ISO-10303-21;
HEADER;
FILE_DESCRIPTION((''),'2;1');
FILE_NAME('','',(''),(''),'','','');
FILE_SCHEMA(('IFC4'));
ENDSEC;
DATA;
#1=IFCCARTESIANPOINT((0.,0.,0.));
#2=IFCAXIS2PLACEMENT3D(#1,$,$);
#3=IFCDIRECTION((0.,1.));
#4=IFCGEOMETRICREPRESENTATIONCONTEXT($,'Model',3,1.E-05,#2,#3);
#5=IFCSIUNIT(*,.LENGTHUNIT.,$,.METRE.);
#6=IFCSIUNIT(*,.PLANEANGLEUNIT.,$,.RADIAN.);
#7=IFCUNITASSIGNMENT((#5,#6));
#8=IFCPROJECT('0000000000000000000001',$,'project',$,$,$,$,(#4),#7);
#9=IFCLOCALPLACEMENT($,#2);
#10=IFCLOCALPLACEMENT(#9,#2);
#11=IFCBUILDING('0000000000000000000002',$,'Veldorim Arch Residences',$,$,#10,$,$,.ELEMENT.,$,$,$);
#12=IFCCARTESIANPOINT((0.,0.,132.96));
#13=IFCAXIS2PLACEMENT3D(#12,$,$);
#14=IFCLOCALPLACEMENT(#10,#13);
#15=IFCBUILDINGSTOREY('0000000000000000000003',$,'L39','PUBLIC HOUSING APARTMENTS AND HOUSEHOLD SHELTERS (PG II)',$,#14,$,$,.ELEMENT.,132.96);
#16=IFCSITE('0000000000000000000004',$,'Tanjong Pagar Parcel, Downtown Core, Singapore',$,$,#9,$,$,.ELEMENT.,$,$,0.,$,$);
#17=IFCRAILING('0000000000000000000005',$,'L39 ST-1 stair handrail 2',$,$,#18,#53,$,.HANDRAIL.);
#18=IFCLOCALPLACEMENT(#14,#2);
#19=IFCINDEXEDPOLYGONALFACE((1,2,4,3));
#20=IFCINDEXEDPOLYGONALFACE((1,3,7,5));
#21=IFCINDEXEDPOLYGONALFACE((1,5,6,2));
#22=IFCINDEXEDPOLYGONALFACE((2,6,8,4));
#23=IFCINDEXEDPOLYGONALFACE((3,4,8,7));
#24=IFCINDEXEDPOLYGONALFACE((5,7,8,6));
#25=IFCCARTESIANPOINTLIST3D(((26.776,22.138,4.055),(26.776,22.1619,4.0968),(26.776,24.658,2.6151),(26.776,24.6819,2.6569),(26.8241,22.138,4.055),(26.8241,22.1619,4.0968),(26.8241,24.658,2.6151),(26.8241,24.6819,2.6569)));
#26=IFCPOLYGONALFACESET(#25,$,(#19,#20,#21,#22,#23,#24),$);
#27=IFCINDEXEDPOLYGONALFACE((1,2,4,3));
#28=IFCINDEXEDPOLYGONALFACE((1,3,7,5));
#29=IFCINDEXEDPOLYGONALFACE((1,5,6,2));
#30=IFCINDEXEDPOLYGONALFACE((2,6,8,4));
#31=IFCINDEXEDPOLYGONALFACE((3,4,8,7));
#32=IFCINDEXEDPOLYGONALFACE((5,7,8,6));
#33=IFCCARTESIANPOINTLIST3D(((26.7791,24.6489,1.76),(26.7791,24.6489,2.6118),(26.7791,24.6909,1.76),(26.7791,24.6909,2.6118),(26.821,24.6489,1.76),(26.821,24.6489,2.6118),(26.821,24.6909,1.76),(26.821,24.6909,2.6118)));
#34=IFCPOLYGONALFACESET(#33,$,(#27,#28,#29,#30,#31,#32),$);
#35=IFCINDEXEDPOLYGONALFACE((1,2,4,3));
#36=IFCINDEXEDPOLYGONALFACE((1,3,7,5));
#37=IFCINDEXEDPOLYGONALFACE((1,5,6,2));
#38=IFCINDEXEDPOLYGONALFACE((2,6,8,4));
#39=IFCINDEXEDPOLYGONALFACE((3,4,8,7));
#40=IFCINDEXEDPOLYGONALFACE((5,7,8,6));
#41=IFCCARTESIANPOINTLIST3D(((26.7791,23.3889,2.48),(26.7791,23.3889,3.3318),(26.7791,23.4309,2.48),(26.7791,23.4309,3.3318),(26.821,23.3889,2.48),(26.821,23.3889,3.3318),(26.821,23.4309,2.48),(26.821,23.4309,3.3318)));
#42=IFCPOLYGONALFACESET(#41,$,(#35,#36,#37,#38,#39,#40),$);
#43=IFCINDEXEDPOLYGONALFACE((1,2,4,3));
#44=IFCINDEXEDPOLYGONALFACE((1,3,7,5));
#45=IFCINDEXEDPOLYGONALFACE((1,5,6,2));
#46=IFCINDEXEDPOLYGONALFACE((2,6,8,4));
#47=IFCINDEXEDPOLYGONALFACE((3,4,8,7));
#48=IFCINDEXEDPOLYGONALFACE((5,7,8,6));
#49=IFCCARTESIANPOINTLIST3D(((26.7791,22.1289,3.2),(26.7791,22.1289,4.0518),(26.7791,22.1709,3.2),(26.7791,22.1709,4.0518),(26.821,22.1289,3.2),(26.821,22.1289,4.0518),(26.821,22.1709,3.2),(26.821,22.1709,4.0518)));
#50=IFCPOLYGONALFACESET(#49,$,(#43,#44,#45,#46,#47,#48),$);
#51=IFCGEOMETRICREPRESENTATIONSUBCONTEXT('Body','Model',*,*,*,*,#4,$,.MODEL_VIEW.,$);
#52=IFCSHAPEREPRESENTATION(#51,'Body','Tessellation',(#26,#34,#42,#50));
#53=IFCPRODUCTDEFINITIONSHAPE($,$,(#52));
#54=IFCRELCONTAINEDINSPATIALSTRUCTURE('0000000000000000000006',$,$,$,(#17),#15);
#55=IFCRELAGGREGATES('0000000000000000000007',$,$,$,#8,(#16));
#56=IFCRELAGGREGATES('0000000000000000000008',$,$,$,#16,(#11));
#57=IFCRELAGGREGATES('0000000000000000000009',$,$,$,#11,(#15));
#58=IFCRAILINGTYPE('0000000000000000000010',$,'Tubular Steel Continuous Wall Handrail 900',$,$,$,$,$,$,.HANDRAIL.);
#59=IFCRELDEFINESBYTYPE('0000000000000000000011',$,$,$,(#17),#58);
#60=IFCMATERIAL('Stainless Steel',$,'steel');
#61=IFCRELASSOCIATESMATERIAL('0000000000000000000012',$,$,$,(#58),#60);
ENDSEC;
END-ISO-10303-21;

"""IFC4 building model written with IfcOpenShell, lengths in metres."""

from ifc_helpers import new_model, si_unit, direction, frame, origin, origin_2d, place, context, subcontext, project, spatial, rectangle, extrude, material, type_object, element, save


model = new_model("IFC4")

# Units and contexts
model_context = context("Model", 3, precision=1e-05, world=origin(), true_north=direction((0.0, 1.0)))
body_context = subcontext(model_context, "Body", "Model", "MODEL_VIEW")
ifc_project = project(units=[si_unit("LENGTHUNIT", "METRE"), si_unit("PLANEANGLEUNIT", "RADIAN")], contexts=[model_context])

# Site, building, storey
site_placement = place(None, origin())
site = spatial("IfcSite", under=ifc_project, at=site_placement, Name="Tanjong Pagar Parcel, Downtown Core, Singapore", CompositionType="ELEMENT", RefElevation=0.0)
building_placement = place(site_placement, origin())
building = spatial("IfcBuilding", under=site, at=building_placement, Name="Veldorim Arch Residences", CompositionType="ELEMENT")
storey_placement = place(building_placement, frame((0.0, 0.0, 132.96)))
storey = spatial("IfcBuildingStorey", under=building, at=storey_placement, Name="L39", Description="PUBLIC HOUSING APARTMENTS AND HOUSEHOLD SHELTERS (PG II)", CompositionType="ELEMENT", Elevation=132.96)

# Railing
ifc_material_1 = material(Name="Stainless Steel", Category="steel")
railing_type_1 = type_object("IfcRailingType", Name="Tubular Steel Continuous Wall Handrail 900", PredefinedType="HANDRAIL", material=ifc_material_1)
railing_1_placement = place(storey_placement, frame((26.8, 24.6699, 1.76)))
element("IfcRailing", 1, at=railing_1_placement, inside=storey, type_object=railing_type_1, Name="L39 ST-1 stair handrail 2", PredefinedType="HANDRAIL", context=body_context, shape_type="SweptSolid", body=[
    extrude(rectangle(XDim=0.0481, YDim=0.0481, at=origin_2d()), frame((0.0, 0.0, 0.876), z_axis=(0.0, -0.868253, 0.496121), x_axis=(1.0, 0.0, 0.0)), (0.0, 0.0, 1.0), 2.9023),
    extrude(rectangle(XDim=0.042, YDim=0.042, at=origin_2d()), origin(), (0.0, 0.0, 1.0), 0.8518),
    extrude(rectangle(XDim=0.042, YDim=0.042, at=origin_2d()), frame((0.0, -1.26, 0.72)), (0.0, 0.0, 1.0), 0.8518),
    extrude(rectangle(XDim=0.042, YDim=0.042, at=origin_2d()), frame((0.0, -2.52, 1.4399)), (0.0, 0.0, 1.0), 0.8518),
])

save(model, "model.ifc")
